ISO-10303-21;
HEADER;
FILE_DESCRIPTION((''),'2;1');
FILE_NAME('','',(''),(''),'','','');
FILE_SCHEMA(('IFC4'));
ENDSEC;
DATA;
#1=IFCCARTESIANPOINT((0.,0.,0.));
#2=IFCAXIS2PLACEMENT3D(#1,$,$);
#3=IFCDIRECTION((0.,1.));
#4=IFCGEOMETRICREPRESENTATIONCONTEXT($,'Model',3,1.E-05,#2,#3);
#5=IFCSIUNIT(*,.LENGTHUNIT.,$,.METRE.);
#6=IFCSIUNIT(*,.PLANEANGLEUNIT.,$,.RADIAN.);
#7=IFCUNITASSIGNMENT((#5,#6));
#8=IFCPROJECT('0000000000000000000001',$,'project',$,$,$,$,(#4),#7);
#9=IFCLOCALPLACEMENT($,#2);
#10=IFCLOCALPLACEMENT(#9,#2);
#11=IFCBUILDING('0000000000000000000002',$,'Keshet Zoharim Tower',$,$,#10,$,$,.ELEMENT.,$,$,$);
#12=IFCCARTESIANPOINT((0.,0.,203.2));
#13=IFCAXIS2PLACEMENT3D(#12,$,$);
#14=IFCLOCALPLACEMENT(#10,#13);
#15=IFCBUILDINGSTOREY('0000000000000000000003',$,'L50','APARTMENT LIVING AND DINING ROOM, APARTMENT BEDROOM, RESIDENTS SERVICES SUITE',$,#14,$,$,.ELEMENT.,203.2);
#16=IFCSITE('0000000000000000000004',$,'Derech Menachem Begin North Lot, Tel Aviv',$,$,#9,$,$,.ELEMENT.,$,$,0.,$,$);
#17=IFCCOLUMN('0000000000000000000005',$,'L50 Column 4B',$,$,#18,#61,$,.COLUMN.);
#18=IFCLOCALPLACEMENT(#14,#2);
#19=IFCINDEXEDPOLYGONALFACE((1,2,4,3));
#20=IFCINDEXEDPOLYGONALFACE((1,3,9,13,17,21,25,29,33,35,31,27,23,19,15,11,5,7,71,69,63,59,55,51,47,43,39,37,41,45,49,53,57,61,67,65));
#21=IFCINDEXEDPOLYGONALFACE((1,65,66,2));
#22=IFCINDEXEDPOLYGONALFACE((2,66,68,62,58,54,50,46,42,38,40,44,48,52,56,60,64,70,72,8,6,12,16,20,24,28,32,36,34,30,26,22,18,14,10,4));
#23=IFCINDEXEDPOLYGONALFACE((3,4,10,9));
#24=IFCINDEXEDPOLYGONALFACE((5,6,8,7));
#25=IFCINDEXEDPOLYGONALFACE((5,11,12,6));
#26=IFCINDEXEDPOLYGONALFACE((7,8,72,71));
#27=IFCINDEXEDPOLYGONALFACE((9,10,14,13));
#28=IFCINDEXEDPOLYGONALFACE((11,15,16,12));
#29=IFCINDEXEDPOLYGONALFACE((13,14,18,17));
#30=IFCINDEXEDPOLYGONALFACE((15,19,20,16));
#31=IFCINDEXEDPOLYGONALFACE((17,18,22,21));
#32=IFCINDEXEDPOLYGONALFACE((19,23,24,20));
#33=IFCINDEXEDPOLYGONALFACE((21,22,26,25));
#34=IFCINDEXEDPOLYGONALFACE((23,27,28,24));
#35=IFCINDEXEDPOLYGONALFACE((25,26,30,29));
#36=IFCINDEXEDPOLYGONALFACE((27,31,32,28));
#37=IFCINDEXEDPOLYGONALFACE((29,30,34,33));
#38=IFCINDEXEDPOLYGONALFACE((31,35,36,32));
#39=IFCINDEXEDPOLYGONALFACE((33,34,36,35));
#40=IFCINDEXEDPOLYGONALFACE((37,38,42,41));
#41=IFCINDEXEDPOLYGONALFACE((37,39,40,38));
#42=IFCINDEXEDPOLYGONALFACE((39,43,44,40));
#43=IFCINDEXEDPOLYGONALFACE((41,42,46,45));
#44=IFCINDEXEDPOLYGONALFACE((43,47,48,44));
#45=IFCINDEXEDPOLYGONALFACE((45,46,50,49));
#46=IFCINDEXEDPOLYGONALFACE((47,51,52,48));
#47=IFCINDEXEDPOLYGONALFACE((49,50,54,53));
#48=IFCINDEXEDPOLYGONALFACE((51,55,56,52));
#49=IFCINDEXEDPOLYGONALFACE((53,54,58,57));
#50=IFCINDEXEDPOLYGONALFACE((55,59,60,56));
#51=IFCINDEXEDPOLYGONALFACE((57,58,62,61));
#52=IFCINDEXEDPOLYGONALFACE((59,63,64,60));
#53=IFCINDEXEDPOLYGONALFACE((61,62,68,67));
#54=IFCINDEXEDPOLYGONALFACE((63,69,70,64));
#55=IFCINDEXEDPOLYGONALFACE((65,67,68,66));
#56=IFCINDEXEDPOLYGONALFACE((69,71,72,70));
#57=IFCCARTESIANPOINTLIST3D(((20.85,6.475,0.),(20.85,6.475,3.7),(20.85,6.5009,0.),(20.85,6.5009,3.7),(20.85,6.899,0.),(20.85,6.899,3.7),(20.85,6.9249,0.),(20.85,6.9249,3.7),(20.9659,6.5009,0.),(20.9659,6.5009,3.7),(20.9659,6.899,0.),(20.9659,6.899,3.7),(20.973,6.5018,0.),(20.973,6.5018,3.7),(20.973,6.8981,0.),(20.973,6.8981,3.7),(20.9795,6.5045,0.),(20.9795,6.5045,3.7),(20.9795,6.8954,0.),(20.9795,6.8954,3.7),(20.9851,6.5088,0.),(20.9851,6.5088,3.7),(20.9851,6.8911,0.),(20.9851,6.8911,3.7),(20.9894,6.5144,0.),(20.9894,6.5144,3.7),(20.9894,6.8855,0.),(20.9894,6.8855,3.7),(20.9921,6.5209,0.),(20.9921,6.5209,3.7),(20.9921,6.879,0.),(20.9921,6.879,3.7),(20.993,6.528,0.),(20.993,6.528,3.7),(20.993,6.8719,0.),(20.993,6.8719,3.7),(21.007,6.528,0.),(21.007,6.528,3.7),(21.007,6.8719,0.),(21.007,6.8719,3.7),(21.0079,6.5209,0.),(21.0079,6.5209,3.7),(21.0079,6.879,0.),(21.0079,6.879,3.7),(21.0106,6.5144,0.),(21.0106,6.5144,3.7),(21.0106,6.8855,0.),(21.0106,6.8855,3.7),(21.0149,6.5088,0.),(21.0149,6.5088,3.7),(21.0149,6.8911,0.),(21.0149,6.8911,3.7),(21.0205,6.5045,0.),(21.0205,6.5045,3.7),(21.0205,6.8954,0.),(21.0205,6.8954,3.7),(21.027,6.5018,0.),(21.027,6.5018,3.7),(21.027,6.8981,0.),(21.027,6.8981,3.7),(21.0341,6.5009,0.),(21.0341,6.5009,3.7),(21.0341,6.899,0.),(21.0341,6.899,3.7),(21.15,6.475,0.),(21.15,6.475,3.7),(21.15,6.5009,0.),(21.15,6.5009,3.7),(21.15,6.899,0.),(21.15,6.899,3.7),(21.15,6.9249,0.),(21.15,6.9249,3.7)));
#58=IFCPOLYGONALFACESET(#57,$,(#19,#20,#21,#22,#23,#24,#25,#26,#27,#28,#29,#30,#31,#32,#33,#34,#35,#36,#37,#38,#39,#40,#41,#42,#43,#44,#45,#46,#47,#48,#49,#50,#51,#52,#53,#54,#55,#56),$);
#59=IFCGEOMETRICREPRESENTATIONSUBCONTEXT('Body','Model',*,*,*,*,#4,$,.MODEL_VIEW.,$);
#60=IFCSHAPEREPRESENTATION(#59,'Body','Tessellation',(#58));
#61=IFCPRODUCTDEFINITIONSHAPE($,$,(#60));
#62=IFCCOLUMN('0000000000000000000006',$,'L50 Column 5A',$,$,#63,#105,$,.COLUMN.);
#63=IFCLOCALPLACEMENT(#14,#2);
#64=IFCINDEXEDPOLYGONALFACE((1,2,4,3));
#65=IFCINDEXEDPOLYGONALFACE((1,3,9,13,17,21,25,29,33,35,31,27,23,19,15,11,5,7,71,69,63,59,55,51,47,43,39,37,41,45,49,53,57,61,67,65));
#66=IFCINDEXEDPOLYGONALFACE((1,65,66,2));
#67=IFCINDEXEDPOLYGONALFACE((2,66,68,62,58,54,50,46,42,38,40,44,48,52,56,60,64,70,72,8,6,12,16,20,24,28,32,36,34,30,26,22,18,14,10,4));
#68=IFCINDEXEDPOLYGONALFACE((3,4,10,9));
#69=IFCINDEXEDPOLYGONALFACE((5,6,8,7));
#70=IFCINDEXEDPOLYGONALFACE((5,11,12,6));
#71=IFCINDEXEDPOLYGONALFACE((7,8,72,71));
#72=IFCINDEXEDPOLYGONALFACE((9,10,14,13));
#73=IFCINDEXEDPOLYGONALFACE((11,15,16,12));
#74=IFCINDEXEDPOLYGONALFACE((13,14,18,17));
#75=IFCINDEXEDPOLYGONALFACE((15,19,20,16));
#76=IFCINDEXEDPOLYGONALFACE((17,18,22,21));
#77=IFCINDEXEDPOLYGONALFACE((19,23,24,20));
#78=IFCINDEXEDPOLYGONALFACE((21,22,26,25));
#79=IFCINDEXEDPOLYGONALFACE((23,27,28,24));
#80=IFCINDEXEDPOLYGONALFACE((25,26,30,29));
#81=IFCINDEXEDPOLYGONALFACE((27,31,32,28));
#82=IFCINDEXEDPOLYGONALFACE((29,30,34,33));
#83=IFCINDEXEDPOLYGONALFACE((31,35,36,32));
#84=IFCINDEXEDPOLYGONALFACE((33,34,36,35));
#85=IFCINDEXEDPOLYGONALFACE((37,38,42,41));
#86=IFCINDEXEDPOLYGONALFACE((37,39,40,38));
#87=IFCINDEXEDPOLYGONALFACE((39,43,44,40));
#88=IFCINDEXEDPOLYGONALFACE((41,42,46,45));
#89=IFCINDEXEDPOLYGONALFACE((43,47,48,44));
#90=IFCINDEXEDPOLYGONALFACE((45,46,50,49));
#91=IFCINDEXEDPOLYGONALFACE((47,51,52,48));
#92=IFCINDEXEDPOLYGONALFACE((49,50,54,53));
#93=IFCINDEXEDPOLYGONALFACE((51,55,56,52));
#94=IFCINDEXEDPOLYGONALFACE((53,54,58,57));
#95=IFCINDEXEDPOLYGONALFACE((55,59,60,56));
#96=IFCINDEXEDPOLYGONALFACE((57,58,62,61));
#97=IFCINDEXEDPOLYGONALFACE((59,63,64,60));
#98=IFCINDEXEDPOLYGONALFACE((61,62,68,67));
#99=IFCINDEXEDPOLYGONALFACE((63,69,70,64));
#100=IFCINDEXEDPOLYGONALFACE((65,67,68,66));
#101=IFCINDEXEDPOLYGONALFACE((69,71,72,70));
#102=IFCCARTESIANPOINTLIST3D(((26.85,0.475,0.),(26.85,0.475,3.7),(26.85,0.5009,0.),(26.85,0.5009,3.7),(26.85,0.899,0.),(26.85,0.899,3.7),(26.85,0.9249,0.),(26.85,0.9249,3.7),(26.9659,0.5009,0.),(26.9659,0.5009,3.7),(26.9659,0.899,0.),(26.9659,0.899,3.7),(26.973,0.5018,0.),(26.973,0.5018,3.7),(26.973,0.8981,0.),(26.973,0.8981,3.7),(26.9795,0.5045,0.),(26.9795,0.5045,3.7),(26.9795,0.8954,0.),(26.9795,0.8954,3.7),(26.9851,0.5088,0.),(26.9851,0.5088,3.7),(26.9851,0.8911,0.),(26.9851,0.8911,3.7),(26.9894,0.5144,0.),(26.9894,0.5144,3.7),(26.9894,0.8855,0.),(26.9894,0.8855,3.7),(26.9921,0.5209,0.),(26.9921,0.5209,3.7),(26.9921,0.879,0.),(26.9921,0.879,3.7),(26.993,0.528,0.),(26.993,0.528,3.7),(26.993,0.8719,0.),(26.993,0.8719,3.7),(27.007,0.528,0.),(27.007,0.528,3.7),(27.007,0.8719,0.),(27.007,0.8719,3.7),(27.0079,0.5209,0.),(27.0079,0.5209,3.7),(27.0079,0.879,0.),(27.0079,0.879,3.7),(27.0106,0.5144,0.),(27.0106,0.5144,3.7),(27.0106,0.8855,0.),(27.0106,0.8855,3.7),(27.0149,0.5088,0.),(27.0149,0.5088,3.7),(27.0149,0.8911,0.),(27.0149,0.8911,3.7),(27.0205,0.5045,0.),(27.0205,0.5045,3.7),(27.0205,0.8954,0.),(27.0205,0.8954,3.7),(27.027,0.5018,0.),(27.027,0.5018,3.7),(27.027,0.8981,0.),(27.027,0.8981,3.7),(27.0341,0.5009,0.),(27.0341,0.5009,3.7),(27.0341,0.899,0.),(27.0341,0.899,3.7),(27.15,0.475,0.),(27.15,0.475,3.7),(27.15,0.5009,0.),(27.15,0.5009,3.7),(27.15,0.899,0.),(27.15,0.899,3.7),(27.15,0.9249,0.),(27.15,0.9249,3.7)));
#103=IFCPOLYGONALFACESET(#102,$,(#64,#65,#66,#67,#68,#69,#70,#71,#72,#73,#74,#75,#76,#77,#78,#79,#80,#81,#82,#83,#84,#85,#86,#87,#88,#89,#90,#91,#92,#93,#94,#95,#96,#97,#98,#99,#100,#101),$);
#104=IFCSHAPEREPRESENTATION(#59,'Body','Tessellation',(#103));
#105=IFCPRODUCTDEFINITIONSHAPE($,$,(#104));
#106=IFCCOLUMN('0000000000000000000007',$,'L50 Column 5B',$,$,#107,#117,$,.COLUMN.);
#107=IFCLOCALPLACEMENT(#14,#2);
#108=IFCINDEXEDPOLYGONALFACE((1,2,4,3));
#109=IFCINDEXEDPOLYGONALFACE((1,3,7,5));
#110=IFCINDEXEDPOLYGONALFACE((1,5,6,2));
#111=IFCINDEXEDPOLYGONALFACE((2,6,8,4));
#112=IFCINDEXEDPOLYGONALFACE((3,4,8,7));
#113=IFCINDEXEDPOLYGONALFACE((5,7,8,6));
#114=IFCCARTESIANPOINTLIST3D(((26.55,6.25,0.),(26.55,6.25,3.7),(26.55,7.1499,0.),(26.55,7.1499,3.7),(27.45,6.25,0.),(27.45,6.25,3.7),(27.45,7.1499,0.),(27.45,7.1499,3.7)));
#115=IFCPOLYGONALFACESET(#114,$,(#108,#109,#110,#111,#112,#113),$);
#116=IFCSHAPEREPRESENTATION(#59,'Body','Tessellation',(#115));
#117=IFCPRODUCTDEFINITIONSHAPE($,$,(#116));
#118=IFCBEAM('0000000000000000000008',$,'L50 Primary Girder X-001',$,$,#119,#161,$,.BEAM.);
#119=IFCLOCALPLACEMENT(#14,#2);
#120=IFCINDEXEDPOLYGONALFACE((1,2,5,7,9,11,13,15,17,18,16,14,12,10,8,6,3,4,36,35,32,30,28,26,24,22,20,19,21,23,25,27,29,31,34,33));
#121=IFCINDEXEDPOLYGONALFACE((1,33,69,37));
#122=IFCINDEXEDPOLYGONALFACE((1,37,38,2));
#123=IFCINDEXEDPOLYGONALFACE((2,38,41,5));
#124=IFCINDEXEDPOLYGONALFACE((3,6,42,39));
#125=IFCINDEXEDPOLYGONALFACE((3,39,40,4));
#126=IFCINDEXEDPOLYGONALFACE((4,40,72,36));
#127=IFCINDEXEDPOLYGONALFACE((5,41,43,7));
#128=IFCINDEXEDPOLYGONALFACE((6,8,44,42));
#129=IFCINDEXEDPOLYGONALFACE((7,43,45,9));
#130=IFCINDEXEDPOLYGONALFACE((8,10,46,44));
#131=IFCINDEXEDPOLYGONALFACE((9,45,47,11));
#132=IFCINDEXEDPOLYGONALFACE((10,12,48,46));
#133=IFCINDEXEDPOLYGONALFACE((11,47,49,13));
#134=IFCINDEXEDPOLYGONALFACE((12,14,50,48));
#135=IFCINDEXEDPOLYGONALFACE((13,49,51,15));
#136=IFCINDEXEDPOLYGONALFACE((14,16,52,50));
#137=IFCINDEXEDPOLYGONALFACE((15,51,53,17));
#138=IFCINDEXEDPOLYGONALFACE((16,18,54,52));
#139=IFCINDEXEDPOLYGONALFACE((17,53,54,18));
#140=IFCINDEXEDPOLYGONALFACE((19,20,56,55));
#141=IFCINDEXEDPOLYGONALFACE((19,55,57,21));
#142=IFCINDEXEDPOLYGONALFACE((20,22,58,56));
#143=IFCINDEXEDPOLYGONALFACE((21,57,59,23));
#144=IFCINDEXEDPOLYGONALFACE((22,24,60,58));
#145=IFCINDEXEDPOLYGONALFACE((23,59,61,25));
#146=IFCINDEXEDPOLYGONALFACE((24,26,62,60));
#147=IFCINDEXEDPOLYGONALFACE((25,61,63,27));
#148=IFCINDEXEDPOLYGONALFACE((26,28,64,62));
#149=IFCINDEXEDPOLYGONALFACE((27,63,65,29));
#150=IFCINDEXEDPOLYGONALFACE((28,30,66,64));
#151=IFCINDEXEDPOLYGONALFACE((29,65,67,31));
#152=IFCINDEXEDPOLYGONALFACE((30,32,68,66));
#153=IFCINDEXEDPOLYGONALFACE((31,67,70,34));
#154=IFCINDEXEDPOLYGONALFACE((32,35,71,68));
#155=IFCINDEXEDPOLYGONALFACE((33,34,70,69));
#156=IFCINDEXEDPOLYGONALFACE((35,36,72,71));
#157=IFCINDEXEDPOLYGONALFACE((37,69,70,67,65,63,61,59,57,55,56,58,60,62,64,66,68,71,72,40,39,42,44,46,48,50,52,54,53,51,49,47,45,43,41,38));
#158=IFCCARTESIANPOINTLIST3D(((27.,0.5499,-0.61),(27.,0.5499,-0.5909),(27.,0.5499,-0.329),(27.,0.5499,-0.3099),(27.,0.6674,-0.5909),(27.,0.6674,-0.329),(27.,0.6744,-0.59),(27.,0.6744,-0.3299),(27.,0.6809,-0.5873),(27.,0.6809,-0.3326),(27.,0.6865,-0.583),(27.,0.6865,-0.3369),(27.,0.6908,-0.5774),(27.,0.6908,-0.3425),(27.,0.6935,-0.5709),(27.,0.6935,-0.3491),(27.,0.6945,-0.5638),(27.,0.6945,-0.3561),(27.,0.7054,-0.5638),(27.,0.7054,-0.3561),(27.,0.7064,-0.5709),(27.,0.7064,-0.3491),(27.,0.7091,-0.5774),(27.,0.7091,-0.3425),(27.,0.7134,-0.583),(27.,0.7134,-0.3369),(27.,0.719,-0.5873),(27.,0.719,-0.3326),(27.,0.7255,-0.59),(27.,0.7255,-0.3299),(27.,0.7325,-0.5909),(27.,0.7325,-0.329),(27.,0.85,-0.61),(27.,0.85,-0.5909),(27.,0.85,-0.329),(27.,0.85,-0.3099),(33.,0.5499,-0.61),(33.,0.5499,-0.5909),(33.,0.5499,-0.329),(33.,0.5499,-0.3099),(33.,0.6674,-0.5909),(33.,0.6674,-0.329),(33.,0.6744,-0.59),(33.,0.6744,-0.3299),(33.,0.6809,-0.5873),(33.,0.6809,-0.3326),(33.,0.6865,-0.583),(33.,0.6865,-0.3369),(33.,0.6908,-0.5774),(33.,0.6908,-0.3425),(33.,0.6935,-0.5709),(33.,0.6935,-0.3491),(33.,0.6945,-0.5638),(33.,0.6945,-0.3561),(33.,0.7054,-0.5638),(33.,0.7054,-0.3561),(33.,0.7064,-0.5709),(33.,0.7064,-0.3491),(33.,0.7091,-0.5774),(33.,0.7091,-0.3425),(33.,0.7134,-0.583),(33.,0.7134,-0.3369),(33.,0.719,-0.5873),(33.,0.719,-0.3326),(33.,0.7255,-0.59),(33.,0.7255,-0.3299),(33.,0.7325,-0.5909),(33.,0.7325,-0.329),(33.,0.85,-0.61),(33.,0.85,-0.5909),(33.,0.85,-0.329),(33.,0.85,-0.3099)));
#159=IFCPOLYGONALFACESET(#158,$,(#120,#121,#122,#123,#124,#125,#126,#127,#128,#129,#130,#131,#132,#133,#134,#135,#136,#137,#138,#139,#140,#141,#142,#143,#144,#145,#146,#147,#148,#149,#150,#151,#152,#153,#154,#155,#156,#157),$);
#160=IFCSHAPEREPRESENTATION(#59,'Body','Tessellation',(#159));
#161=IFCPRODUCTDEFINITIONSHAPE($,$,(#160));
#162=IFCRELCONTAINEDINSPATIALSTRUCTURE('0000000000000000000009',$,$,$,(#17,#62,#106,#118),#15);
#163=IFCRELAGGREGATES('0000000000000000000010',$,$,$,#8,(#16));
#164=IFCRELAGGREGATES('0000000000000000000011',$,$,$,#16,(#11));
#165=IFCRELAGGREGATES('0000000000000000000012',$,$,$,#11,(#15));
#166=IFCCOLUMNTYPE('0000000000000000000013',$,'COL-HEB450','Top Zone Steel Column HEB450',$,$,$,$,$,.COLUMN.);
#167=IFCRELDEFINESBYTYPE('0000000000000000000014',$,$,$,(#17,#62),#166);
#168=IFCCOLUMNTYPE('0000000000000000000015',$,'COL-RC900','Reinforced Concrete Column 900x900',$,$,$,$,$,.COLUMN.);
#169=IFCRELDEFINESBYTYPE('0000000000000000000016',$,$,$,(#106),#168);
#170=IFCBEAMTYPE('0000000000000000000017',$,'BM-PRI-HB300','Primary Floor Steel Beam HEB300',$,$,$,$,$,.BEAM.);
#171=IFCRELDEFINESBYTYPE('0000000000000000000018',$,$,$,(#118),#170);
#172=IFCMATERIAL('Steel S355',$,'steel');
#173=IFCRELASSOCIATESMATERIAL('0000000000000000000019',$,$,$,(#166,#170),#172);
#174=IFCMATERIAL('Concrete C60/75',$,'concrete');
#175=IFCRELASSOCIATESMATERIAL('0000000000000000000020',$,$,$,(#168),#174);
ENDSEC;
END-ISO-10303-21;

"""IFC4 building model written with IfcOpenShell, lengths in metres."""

from ifc_helpers import new_model, si_unit, direction, frame, origin, origin_2d, place, context, subcontext, project, spatial, rectangle, i_section, extrude, material, material_profile, profile_set, type_object, element, save


model = new_model("IFC4")

# Units and contexts
model_context = context("Model", 3, precision=1e-05, world=origin(), true_north=direction((0.0, 1.0)))
body_context = subcontext(model_context, "Body", "Model", "MODEL_VIEW")
ifc_project = project(units=[si_unit("LENGTHUNIT", "METRE"), si_unit("PLANEANGLEUNIT", "RADIAN")], contexts=[model_context])

# Site, building, storey
site_placement = place(None, origin())
site = spatial("IfcSite", under=ifc_project, at=site_placement, Name="Derech Menachem Begin North Lot, Tel Aviv", CompositionType="ELEMENT", RefElevation=0.0)
building_placement = place(site_placement, origin())
building = spatial("IfcBuilding", under=site, at=building_placement, Name="Keshet Zoharim Tower", CompositionType="ELEMENT")
storey_placement = place(building_placement, frame((0.0, 0.0, 203.2)))
storey = spatial("IfcBuildingStorey", under=building, at=storey_placement, Name="L50", Description="APARTMENT LIVING AND DINING ROOM, APARTMENT BEDROOM, RESIDENTS SERVICES SUITE", CompositionType="ELEMENT", Elevation=203.2)

# Columns
ifc_material_1 = material(Name="Steel S355", Category="steel")
ifc_material_profile_1 = material_profile(ifc_material_1, i_section(OverallWidth=0.3, OverallDepth=0.45, WebThickness=0.0139, FlangeThickness=0.0259, FilletRadius=0.0271, at=origin_2d()), Name="HEB450")
ifc_profile_set_1 = profile_set([ifc_material_profile_1], Name="Steel S355")
column_type_1 = type_object("IfcColumnType", Name="COL-HEB450", Description="Top Zone Steel Column HEB450", PredefinedType="COLUMN", material=ifc_profile_set_1)
for number, where, z_axis, x_axis, name in (
    (1, (21.0, 6.7, 0.0), (0.0, 0.0, 1.0), (1.0, 0.0, 0.0), "L50 Column 4B"),
    (2, (27.0, 0.7, 0.0), (0.0, 0.0, 1.0), (1.0, 0.0, 0.0), "L50 Column 5A"),
):
    element("IfcColumn", number, at=place(storey_placement, frame(where, z_axis=z_axis, x_axis=x_axis)), inside=storey, type_object=column_type_1, Name=name, PredefinedType="COLUMN", context=body_context, shape_type="SweptSolid", body=[
        extrude(i_section(OverallWidth=0.3, OverallDepth=0.45, WebThickness=0.0139, FlangeThickness=0.0259, FilletRadius=0.0271, at=origin_2d()), origin(), (0.0, 0.0, 1.0), 3.7),
    ])
ifc_material_2 = material(Name="Concrete C60/75", Category="concrete")
ifc_material_profile_2 = material_profile(ifc_material_2, rectangle(XDim=0.8999, YDim=0.8999, at=origin_2d()), Name="RC900x900")
ifc_profile_set_2 = profile_set([ifc_material_profile_2], Name="Concrete C60/75")
column_type_2 = type_object("IfcColumnType", Name="COL-RC900", Description="Reinforced Concrete Column 900x900", PredefinedType="COLUMN", material=ifc_profile_set_2)
column_placement = place(storey_placement, frame((27.0, 6.7, 0.0), z_axis=(0.0, 0.0, 1.0), x_axis=(1.0, 0.0, 0.0)))
element("IfcColumn", 3, at=column_placement, inside=storey, type_object=column_type_2, Name="L50 Column 5B", PredefinedType="COLUMN", context=body_context, shape_type="SweptSolid", body=[
    extrude(rectangle(XDim=0.8999, YDim=0.8999, at=origin_2d()), origin(), (0.0, 0.0, 1.0), 3.7),
])

# Beam
ifc_material_profile_3 = material_profile(ifc_material_1, i_section(OverallWidth=0.3, OverallDepth=0.3, WebThickness=0.011, FlangeThickness=0.019, FilletRadius=0.0271, at=origin_2d()), Name="HEB300")
ifc_profile_set_3 = profile_set([ifc_material_profile_3], Name="Steel S355")
beam_type_1 = type_object("IfcBeamType", Name="BM-PRI-HB300", Description="Primary Floor Steel Beam HEB300", PredefinedType="BEAM", material=ifc_profile_set_3)
for number, where, z_axis, x_axis, name in (
    (4, (27.0, 0.7, -0.46), (1.0, 0.0, 0.0), (0.0, 1.0, 0.0), "L50 Primary Girder X-001"),
):
    element("IfcBeam", number, at=place(storey_placement, frame(where, z_axis=z_axis, x_axis=x_axis)), inside=storey, type_object=beam_type_1, Name=name, PredefinedType="BEAM", context=body_context, shape_type="SweptSolid", body=[
        extrude(i_section(OverallWidth=0.3, OverallDepth=0.3, WebThickness=0.011, FlangeThickness=0.019, FilletRadius=0.0271, at=origin_2d()), origin(), (0.0, 0.0, 1.0), 6.0),
    ])

save(model, "model.ifc")
